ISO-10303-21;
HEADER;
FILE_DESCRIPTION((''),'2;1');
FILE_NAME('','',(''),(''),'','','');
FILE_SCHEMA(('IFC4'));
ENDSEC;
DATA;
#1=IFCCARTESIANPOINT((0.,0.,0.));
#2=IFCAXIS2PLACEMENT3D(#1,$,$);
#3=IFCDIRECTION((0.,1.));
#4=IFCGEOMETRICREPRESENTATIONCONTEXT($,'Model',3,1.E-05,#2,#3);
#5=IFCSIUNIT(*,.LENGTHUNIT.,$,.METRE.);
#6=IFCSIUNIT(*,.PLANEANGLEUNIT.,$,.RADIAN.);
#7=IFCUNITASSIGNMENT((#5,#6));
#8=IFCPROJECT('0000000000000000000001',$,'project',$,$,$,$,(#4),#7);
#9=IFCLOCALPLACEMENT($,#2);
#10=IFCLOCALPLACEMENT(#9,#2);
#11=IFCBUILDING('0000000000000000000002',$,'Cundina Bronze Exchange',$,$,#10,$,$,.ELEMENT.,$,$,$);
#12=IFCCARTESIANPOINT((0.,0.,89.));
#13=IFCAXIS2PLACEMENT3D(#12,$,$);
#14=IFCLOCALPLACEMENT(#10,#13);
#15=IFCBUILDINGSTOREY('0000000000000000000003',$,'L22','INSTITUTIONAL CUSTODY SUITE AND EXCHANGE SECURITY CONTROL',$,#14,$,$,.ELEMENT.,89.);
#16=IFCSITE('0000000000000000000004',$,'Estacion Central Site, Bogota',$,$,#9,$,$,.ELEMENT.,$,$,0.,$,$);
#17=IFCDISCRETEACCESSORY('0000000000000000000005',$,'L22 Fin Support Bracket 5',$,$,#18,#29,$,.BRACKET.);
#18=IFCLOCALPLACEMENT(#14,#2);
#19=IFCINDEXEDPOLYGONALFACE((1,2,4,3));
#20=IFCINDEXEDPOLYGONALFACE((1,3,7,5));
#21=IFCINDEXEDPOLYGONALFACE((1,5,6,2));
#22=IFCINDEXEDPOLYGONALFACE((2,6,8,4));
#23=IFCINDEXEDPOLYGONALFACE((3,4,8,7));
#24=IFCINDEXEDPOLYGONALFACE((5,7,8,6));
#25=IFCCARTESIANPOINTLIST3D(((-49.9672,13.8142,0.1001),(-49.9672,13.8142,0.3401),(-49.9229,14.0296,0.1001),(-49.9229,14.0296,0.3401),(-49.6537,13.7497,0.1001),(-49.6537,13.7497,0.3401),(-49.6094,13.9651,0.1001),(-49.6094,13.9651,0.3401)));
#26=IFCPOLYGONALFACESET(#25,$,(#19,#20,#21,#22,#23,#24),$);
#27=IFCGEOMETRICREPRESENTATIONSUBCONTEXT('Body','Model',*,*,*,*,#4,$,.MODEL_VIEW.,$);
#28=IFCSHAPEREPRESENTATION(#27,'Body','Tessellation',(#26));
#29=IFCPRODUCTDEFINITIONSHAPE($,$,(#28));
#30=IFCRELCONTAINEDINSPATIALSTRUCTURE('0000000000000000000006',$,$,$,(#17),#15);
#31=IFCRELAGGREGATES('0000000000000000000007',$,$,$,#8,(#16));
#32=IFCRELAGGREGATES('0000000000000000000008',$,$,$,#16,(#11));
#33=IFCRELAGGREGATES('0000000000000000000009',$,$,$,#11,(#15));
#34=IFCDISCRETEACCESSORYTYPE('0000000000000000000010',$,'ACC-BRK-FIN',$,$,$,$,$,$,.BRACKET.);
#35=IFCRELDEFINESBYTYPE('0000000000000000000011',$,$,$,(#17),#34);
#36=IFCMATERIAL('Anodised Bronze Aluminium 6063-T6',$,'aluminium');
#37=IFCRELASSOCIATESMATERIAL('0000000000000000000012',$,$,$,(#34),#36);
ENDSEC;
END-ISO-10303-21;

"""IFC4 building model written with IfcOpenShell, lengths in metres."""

from ifc_helpers import new_model, si_unit, direction, frame, origin, origin_2d, place, context, subcontext, project, spatial, rectangle, extrude, material, type_object, element, save


model = new_model("IFC4")

# Units and contexts
model_context = context("Model", 3, precision=1e-05, world=origin(), true_north=direction((0.0, 1.0)))
body_context = subcontext(model_context, "Body", "Model", "MODEL_VIEW")
ifc_project = project(units=[si_unit("LENGTHUNIT", "METRE"), si_unit("PLANEANGLEUNIT", "RADIAN")], contexts=[model_context])

# Site, building, storey
site_placement = place(None, origin())
site = spatial("IfcSite", under=ifc_project, at=site_placement, Name="Estacion Central Site, Bogota", CompositionType="ELEMENT", RefElevation=0.0)
building_placement = place(site_placement, origin())
building = spatial("IfcBuilding", under=site, at=building_placement, Name="Cundina Bronze Exchange", CompositionType="ELEMENT")
storey_placement = place(building_placement, frame((0.0, 0.0, 89.0)))
storey = spatial("IfcBuildingStorey", under=building, at=storey_placement, Name="L22", Description="INSTITUTIONAL CUSTODY SUITE AND EXCHANGE SECURITY CONTROL", CompositionType="ELEMENT", Elevation=89.0)

# Shared definitions
ifc_material_1 = material(Name="Anodised Bronze Aluminium 6063-T6", Category="aluminium")

# Discrete accessory
discrete_accessory_type = type_object("IfcDiscreteAccessoryType", Name="ACC-BRK-FIN", PredefinedType="BRACKET", material=ifc_material_1)
discrete_accessory_placement = place(storey_placement, frame((-49.7883, 13.8896, 0.1001), z_axis=(0.0, 0.0, 1.0), x_axis=(-0.20142, -0.979505, 0.0)))
element("IfcDiscreteAccessory", 1, at=discrete_accessory_placement, inside=storey, type_object=discrete_accessory_type, Name="L22 Fin Support Bracket 5", PredefinedType="BRACKET", context=body_context, shape_type="SweptSolid", body=[
    extrude(rectangle(XDim=0.22, YDim=0.3201, at=origin_2d()), origin(), (0.0, 0.0, 1.0), 0.24),
])

save(model, "model.ifc")
